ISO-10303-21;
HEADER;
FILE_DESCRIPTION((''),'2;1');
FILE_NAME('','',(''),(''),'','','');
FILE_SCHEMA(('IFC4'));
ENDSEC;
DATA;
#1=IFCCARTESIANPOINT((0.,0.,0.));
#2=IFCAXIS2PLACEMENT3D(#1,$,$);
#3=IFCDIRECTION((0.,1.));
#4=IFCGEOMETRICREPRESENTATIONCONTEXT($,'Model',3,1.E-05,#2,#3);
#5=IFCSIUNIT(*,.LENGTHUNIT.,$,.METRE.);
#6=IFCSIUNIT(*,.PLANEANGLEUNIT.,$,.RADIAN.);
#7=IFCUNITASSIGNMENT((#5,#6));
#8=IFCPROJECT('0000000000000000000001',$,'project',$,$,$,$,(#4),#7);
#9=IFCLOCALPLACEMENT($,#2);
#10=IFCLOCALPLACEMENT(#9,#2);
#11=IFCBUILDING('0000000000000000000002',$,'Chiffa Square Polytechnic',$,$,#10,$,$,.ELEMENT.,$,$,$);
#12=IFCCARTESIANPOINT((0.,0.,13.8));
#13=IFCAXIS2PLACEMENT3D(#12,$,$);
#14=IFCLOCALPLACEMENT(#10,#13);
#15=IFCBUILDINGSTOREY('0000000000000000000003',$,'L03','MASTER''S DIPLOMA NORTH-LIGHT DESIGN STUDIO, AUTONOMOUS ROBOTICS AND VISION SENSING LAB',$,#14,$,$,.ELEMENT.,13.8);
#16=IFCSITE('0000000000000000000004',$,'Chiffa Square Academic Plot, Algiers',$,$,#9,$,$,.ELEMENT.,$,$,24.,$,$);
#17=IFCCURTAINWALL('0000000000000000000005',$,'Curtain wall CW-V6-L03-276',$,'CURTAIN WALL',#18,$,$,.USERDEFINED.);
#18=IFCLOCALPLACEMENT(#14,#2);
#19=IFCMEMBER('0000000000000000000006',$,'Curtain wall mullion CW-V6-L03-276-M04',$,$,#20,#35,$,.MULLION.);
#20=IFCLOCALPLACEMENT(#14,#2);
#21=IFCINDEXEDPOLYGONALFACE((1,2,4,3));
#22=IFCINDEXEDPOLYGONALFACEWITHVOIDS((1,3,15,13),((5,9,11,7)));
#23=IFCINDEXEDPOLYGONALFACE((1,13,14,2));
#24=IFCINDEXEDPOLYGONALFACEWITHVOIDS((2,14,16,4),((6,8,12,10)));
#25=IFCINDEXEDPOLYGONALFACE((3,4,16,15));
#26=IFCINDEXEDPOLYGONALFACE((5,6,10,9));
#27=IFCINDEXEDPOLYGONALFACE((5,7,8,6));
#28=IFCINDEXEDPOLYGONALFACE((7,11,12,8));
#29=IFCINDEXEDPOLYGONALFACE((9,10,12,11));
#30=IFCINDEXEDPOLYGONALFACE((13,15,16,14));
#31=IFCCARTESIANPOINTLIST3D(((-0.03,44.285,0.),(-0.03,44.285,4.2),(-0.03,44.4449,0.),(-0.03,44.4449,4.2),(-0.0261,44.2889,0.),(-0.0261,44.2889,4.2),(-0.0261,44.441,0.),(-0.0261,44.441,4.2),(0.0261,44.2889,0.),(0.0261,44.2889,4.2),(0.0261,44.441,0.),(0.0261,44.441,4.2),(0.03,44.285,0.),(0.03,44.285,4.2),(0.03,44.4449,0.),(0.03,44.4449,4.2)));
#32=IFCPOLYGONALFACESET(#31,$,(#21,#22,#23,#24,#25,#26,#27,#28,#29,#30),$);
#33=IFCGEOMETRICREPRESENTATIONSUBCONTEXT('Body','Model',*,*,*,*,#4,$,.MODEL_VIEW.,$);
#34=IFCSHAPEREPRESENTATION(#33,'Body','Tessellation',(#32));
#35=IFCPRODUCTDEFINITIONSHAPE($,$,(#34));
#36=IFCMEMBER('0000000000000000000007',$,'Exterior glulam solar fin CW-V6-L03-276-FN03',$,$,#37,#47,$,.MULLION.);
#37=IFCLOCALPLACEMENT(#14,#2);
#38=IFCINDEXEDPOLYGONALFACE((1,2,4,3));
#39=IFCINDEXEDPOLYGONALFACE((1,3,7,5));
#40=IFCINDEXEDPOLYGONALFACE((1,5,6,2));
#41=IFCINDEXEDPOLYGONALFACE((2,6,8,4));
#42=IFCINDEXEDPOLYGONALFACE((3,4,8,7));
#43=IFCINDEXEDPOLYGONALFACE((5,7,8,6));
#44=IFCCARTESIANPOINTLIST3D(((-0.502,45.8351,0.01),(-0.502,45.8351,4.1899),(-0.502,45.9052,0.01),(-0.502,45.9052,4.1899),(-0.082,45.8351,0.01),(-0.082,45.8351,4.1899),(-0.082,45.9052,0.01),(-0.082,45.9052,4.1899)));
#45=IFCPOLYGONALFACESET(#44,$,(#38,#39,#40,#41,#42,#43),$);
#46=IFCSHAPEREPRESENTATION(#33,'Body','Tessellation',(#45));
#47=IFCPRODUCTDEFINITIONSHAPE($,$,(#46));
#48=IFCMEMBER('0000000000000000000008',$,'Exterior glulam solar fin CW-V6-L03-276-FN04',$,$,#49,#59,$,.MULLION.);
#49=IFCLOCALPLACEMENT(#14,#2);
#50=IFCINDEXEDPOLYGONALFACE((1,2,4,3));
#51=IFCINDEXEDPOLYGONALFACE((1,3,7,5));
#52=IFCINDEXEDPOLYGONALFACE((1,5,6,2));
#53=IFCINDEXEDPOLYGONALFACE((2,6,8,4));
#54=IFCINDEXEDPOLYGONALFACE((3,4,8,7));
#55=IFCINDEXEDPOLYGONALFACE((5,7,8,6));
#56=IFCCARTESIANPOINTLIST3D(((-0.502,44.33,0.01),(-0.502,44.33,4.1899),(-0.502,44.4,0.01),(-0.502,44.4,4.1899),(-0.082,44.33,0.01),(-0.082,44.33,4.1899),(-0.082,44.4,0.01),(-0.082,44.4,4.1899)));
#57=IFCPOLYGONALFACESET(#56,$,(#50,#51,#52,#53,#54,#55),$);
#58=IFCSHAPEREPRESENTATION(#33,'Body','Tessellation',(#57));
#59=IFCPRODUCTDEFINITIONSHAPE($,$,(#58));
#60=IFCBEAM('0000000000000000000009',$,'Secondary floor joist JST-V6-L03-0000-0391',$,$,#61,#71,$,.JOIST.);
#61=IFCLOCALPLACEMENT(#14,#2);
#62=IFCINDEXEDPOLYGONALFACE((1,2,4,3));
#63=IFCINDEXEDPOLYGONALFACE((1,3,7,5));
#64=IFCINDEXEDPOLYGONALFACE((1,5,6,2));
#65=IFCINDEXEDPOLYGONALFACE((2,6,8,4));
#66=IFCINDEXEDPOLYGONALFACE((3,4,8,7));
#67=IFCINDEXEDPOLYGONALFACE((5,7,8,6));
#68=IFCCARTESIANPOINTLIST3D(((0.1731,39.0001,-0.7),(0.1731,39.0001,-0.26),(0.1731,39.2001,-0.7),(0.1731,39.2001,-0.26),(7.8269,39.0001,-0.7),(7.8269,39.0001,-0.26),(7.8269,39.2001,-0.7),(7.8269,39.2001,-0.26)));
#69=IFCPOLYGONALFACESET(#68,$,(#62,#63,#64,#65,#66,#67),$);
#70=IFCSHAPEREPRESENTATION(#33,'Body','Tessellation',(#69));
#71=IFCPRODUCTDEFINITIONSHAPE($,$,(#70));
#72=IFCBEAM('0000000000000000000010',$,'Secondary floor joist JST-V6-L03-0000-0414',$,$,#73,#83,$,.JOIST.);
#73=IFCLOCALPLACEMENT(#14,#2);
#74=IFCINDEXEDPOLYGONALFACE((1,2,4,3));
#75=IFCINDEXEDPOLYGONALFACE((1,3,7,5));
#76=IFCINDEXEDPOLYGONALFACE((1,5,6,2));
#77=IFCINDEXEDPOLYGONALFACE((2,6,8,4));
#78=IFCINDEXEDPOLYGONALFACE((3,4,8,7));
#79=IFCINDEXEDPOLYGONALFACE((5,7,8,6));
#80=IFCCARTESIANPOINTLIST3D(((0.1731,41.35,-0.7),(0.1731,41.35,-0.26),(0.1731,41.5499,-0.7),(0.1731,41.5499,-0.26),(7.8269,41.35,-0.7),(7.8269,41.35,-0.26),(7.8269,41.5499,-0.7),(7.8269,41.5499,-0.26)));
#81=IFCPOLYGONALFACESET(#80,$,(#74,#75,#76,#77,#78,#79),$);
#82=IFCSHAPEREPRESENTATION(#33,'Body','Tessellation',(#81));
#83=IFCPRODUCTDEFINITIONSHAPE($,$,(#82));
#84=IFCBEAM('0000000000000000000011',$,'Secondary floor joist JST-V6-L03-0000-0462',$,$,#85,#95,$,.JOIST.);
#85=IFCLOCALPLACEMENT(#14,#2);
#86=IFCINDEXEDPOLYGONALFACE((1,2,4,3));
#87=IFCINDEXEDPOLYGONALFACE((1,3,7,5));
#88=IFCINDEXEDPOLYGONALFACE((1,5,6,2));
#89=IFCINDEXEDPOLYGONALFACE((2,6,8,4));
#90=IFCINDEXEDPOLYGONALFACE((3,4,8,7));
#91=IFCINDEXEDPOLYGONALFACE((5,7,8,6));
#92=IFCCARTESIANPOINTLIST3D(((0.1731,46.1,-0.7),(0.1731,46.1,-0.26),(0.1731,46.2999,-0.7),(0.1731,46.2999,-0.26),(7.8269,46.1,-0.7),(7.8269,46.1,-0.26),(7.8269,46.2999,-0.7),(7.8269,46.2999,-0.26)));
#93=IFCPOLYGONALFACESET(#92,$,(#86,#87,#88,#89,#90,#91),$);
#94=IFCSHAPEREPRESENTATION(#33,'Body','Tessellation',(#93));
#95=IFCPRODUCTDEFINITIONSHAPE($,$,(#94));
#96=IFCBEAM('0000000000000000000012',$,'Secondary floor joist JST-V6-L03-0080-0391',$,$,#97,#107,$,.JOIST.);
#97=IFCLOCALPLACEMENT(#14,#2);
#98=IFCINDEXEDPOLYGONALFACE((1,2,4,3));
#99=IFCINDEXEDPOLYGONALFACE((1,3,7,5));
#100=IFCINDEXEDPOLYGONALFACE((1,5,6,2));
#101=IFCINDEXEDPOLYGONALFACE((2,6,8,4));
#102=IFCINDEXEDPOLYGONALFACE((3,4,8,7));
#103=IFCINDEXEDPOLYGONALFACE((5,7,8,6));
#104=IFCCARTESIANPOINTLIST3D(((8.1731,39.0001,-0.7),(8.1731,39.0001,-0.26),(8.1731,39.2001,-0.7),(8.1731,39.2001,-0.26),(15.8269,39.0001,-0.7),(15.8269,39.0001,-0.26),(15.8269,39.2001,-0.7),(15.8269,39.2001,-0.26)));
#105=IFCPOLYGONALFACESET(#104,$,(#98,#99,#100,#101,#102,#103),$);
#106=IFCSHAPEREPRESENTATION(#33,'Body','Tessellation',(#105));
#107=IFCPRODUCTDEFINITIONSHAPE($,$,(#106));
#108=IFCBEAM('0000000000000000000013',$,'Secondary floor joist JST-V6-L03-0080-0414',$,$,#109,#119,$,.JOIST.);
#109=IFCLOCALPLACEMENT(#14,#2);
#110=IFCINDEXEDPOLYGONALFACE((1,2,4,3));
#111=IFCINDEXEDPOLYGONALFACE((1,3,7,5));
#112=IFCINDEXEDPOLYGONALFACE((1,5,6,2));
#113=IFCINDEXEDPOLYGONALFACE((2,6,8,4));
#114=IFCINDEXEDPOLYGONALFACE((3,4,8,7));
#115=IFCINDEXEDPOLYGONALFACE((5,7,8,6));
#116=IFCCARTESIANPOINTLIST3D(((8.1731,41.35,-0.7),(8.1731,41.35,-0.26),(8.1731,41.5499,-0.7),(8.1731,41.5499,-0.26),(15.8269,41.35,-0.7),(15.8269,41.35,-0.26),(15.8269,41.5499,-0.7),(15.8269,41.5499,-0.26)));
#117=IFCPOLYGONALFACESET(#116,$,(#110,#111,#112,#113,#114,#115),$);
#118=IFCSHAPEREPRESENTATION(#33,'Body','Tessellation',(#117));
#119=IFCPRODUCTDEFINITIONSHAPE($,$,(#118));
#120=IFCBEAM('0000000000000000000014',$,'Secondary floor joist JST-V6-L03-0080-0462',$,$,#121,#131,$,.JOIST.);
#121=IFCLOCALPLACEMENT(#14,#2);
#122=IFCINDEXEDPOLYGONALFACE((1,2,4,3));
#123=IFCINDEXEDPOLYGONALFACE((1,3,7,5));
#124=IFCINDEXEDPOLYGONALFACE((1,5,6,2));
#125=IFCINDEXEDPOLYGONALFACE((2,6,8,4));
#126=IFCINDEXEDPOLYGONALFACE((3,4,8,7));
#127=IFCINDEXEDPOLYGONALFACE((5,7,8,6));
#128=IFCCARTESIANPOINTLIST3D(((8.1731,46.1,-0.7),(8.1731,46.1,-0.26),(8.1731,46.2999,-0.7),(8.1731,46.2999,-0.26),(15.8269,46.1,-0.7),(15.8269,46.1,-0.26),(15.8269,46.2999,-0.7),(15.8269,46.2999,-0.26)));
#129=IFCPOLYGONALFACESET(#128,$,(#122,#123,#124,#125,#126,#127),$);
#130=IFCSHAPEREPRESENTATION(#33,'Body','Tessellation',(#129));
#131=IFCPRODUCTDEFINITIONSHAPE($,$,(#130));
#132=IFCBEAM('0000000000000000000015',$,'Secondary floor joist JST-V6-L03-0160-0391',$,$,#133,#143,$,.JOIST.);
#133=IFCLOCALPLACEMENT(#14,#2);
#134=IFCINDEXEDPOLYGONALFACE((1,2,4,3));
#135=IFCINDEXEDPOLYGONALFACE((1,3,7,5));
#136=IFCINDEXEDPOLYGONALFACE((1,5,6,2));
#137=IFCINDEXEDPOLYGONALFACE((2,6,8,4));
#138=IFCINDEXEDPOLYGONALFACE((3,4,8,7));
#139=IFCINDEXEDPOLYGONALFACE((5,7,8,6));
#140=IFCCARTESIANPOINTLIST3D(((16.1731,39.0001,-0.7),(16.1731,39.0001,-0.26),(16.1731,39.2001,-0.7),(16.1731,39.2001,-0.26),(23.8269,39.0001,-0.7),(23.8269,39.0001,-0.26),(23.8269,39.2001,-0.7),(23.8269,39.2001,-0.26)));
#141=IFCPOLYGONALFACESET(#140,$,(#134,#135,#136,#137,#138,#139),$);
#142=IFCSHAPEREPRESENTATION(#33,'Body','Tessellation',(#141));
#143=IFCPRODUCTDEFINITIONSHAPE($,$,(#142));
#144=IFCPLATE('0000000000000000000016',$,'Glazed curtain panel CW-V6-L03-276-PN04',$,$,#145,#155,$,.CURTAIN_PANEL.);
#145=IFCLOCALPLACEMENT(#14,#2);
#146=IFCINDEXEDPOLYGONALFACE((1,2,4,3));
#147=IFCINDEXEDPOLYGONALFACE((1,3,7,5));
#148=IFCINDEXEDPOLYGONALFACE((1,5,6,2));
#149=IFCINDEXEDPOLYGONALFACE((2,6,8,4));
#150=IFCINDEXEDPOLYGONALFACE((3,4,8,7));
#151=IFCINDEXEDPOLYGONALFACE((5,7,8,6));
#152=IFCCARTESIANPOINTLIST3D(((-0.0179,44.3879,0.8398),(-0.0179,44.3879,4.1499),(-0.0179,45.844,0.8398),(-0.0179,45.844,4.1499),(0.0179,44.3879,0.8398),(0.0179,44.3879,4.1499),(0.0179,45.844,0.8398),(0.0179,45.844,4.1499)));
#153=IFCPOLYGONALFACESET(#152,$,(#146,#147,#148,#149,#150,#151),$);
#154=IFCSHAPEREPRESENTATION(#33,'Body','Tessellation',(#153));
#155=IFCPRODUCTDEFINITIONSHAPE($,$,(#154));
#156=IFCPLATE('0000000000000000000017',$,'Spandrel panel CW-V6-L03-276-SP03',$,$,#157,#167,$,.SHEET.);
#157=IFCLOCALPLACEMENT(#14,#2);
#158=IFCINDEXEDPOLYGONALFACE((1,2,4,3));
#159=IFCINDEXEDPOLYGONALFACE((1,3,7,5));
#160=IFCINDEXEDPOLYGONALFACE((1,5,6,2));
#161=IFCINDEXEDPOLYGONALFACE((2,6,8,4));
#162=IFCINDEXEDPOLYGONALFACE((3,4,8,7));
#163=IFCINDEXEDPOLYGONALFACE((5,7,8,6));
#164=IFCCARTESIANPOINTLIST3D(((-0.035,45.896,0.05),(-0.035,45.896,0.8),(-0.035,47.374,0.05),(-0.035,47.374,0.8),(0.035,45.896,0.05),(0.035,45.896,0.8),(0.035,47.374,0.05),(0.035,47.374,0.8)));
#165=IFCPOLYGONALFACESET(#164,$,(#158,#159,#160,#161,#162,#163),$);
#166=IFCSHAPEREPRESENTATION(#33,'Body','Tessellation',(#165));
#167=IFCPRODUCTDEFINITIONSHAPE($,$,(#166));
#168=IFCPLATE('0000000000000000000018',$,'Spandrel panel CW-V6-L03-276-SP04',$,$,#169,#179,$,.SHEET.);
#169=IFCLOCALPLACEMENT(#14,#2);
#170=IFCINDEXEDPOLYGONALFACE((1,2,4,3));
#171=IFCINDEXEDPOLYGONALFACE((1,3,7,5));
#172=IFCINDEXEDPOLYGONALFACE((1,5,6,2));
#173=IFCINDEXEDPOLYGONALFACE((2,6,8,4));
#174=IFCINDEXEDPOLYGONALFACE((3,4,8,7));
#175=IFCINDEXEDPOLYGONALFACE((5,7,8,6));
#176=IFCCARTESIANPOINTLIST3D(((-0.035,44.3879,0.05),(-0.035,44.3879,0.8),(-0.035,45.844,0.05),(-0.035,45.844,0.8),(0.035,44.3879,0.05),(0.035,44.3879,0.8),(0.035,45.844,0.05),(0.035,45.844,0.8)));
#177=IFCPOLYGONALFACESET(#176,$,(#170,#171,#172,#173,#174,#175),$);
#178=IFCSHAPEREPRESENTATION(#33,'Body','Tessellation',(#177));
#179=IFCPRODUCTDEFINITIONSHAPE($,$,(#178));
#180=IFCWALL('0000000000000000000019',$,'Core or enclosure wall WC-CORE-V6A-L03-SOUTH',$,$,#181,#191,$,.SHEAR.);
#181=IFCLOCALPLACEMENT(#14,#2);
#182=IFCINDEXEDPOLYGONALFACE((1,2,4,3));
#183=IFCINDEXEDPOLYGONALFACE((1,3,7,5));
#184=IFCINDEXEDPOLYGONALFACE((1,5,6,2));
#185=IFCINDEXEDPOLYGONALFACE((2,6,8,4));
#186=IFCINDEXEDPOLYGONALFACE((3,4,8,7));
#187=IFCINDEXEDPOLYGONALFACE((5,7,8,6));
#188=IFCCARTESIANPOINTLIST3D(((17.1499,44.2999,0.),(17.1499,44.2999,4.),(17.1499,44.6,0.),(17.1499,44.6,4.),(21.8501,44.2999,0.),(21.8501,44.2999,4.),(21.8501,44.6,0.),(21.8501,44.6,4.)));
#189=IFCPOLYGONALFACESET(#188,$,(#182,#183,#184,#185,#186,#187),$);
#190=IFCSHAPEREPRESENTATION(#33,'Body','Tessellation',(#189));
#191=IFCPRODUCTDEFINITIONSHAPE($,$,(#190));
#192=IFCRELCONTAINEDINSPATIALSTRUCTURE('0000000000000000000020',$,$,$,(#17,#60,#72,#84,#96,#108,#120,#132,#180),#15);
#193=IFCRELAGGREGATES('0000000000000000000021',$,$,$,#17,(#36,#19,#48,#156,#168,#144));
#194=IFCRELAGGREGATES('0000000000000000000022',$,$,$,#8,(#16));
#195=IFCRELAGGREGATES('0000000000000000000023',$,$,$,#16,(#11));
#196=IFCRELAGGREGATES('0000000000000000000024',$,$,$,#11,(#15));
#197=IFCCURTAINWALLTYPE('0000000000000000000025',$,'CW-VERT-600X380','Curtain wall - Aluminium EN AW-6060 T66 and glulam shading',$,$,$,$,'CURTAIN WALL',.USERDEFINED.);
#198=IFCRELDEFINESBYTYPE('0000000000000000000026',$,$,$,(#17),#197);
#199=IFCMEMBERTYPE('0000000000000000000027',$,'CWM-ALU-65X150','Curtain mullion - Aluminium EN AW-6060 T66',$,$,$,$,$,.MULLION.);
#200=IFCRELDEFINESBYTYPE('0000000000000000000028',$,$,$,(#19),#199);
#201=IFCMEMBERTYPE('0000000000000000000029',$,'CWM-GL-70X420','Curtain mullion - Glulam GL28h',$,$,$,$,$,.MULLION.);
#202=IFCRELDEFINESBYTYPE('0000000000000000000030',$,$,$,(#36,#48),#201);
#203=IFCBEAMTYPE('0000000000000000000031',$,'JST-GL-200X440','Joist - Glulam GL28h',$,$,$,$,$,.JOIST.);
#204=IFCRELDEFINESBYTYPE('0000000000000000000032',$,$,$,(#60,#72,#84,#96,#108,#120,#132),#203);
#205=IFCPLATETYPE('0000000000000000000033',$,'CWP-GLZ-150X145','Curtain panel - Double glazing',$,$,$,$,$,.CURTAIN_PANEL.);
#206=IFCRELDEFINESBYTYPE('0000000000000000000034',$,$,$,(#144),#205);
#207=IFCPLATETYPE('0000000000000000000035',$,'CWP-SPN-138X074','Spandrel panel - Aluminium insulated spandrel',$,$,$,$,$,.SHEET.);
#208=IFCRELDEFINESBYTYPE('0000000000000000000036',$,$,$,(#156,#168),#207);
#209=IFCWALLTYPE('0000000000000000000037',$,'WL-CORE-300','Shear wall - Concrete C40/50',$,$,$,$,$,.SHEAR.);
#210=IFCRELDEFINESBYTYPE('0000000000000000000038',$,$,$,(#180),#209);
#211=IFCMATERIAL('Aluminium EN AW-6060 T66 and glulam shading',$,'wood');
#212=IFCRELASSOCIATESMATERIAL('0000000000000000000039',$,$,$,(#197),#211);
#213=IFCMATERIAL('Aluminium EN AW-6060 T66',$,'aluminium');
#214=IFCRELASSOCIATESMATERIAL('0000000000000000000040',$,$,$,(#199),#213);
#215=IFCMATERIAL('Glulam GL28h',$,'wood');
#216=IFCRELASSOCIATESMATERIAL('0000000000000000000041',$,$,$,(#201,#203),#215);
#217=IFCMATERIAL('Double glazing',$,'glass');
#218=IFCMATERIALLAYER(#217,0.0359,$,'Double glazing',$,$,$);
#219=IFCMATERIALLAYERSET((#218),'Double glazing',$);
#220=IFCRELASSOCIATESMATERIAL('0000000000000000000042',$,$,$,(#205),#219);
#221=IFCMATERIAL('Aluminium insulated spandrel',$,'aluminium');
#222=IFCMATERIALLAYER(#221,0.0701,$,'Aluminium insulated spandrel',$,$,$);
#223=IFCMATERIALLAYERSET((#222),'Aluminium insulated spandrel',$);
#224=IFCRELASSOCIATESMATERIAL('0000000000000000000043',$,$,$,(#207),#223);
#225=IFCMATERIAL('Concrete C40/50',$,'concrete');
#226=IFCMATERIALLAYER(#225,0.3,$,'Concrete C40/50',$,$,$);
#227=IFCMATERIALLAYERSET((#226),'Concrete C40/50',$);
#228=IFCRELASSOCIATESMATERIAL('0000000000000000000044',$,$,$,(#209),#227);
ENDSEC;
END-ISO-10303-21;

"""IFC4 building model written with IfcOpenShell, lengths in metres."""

from ifc_helpers import new_model, si_unit, direction, frame, frame_2d, origin, origin_2d, place, context, subcontext, project, spatial, rectangle, hollow_rectangle, extrude, material, layer, layer_set, material_profile, profile_set, type_object, element, aggregate, save


model = new_model("IFC4")

# Units and contexts
model_context = context("Model", 3, precision=1e-05, world=origin(), true_north=direction((0.0, 1.0)))
body_context = subcontext(model_context, "Body", "Model", "MODEL_VIEW")
ifc_project = project(units=[si_unit("LENGTHUNIT", "METRE"), si_unit("PLANEANGLEUNIT", "RADIAN")], contexts=[model_context])

# Site, building, storey
site_placement = place(None, origin())
site = spatial("IfcSite", under=ifc_project, at=site_placement, Name="Chiffa Square Academic Plot, Algiers", CompositionType="ELEMENT", RefElevation=24.0)
building_placement = place(site_placement, origin())
building = spatial("IfcBuilding", under=site, at=building_placement, Name="Chiffa Square Polytechnic", CompositionType="ELEMENT")
storey_placement = place(building_placement, frame((0.0, 0.0, 13.8)))
storey = spatial("IfcBuildingStorey", under=building, at=storey_placement, Name="L03", Description="MASTER'S DIPLOMA NORTH-LIGHT DESIGN STUDIO, AUTONOMOUS ROBOTICS AND VISION SENSING LAB", CompositionType="ELEMENT", Elevation=13.8)

# Curtain wall, members
ifc_material_1 = material(Name="Aluminium EN AW-6060 T66 and glulam shading", Category="wood")
curtain_wall_type = type_object("IfcCurtainWallType", Name="CW-VERT-600X380", Description="Curtain wall - Aluminium EN AW-6060 T66 and glulam shading", ElementType="CURTAIN WALL", PredefinedType="USERDEFINED", material=ifc_material_1)
curtain_wall_placement = place(storey_placement, origin())
curtain_wall = element("IfcCurtainWall", 1, at=curtain_wall_placement, inside=storey, type_object=curtain_wall_type, Name="Curtain wall CW-V6-L03-276", ObjectType="CURTAIN WALL", PredefinedType="USERDEFINED")
ifc_material_2 = material(Name="Aluminium EN AW-6060 T66", Category="aluminium")
ifc_material_profile_1 = material_profile(ifc_material_2, hollow_rectangle(XDim=0.0601, YDim=0.1599, WallThickness=0.0039, at=origin_2d()), Name="ALU 60x160x4")
ifc_profile_set_1 = profile_set([ifc_material_profile_1], Name="Aluminium EN AW-6060 T66")
member_type_1 = type_object("IfcMemberType", Name="CWM-ALU-65X150", Description="Curtain mullion - Aluminium EN AW-6060 T66", PredefinedType="MULLION", material=ifc_profile_set_1)
member_1_placement = place(storey_placement, frame((0.0, 44.365, 0.0), z_axis=(0.0, 0.0, 1.0), x_axis=(1.0, 0.0, 0.0)))
member_1 = element("IfcMember", 2, at=member_1_placement, type_object=member_type_1, Name="Curtain wall mullion CW-V6-L03-276-M04", PredefinedType="MULLION", context=body_context, shape_type="SweptSolid", body=[
    extrude(hollow_rectangle(XDim=0.0601, YDim=0.1599, WallThickness=0.0039, at=origin_2d()), origin(), (0.0, 0.0, 1.0), 4.2),
])
ifc_material_3 = material(Name="Glulam GL28h", Category="wood")
ifc_material_profile_2 = material_profile(ifc_material_3, rectangle(XDim=0.0701, YDim=0.4199, at=origin_2d()), Name="GL28h 70x420")
ifc_profile_set_2 = profile_set([ifc_material_profile_2], Name="Glulam GL28h")
member_type_2 = type_object("IfcMemberType", Name="CWM-GL-70X420", Description="Curtain mullion - Glulam GL28h", PredefinedType="MULLION", material=ifc_profile_set_2)
member_2_placement = place(storey_placement, frame((-0.292, 45.8701, 0.01), z_axis=(0.0, 0.0, 1.0), x_axis=(0.0, -1.0, 0.0)))
member_2 = element("IfcMember", 3, at=member_2_placement, type_object=member_type_2, Name="Exterior glulam solar fin CW-V6-L03-276-FN03", PredefinedType="MULLION", context=body_context, shape_type="SweptSolid", body=[
    extrude(rectangle(XDim=0.0701, YDim=0.4199, at=origin_2d()), origin(), (0.0, 0.0, 1.0), 4.1799),
])
member_3_placement = place(storey_placement, frame((-0.292, 44.365, 0.01), z_axis=(0.0, 0.0, 1.0), x_axis=(0.0, -1.0, 0.0)))
member_3 = element("IfcMember", 4, at=member_3_placement, type_object=member_type_2, Name="Exterior glulam solar fin CW-V6-L03-276-FN04", PredefinedType="MULLION", context=body_context, shape_type="SweptSolid", body=[
    extrude(rectangle(XDim=0.0701, YDim=0.4199, at=origin_2d()), origin(), (0.0, 0.0, 1.0), 4.1799),
])

# Beams
ifc_material_profile_3 = material_profile(ifc_material_3, rectangle(XDim=0.2, YDim=0.4399, at=origin_2d()), Name="GL28h 200x440")
ifc_profile_set_3 = profile_set([ifc_material_profile_3], Name="Glulam GL28h")
beam_type_1 = type_object("IfcBeamType", Name="JST-GL-200X440", Description="Joist - Glulam GL28h", PredefinedType="JOIST", material=ifc_profile_set_3)
for number, where, z_axis, x_axis, name in (
    (5, (0.1731, 39.1001, -0.48), (1.0, 0.0, 0.0), (0.0, 1.0, 0.0), "Secondary floor joist JST-V6-L03-0000-0391"),
    (6, (0.1731, 41.45, -0.48), (1.0, 0.0, 0.0), (0.0, 1.0, 0.0), "Secondary floor joist JST-V6-L03-0000-0414"),
    (7, (0.1731, 46.2, -0.48), (1.0, 0.0, 0.0), (0.0, 1.0, 0.0), "Secondary floor joist JST-V6-L03-0000-0462"),
    (8, (8.1731, 39.1001, -0.48), (1.0, 0.0, 0.0), (0.0, 1.0, 0.0), "Secondary floor joist JST-V6-L03-0080-0391"),
    (9, (8.1731, 41.45, -0.48), (1.0, 0.0, 0.0), (0.0, 1.0, 0.0), "Secondary floor joist JST-V6-L03-0080-0414"),
    (10, (8.1731, 46.2, -0.48), (1.0, 0.0, 0.0), (0.0, 1.0, 0.0), "Secondary floor joist JST-V6-L03-0080-0462"),
    (11, (16.1731, 39.1001, -0.48), (1.0, 0.0, 0.0), (0.0, 1.0, 0.0), "Secondary floor joist JST-V6-L03-0160-0391"),
):
    element("IfcBeam", number, at=place(storey_placement, frame(where, z_axis=z_axis, x_axis=x_axis)), inside=storey, type_object=beam_type_1, Name=name, PredefinedType="JOIST", context=body_context, shape_type="SweptSolid", body=[
        extrude(rectangle(XDim=0.2, YDim=0.4399, at=origin_2d()), origin(), (0.0, 0.0, 1.0), 7.6538),
    ])

# Plates
ifc_material_4 = material(Name="Double glazing", Category="glass")
ifc_layer_1 = layer(ifc_material_4, 0.0359, Name="Double glazing")
ifc_layer_set_1 = layer_set([ifc_layer_1], Name="Double glazing")
plate_type_1 = type_object("IfcPlateType", Name="CWP-GLZ-150X145", Description="Curtain panel - Double glazing", PredefinedType="CURTAIN_PANEL", material=ifc_layer_set_1)
plate_1_placement = place(storey_placement, frame((0.0, 45.116, 0.8398), z_axis=(0.0, 0.0, 1.0), x_axis=(0.0, -1.0, 0.0)))
plate_1 = element("IfcPlate", 12, at=plate_1_placement, type_object=plate_type_1, Name="Glazed curtain panel CW-V6-L03-276-PN04", PredefinedType="CURTAIN_PANEL", context=body_context, shape_type="SweptSolid", body=[
    extrude(rectangle(XDim=1.4561, YDim=0.0359, at=origin_2d()), origin(), (0.0, 0.0, 1.0), 3.3101),
])
ifc_material_5 = material(Name="Aluminium insulated spandrel", Category="aluminium")
ifc_layer_2 = layer(ifc_material_5, 0.0701, Name="Aluminium insulated spandrel")
ifc_layer_set_2 = layer_set([ifc_layer_2], Name="Aluminium insulated spandrel")
plate_type_2 = type_object("IfcPlateType", Name="CWP-SPN-138X074", Description="Spandrel panel - Aluminium insulated spandrel", PredefinedType="SHEET", material=ifc_layer_set_2)
plate_2_placement = place(storey_placement, frame((0.0, 46.635, 0.05), z_axis=(0.0, 0.0, 1.0), x_axis=(0.0, -1.0, 0.0)))
plate_2 = element("IfcPlate", 13, at=plate_2_placement, type_object=plate_type_2, Name="Spandrel panel CW-V6-L03-276-SP03", PredefinedType="SHEET", context=body_context, shape_type="SweptSolid", body=[
    extrude(rectangle(XDim=1.478, YDim=0.0701, at=origin_2d()), origin(), (0.0, 0.0, 1.0), 0.75),
])
plate_3_placement = place(storey_placement, frame((0.0, 45.116, 0.05), z_axis=(0.0, 0.0, 1.0), x_axis=(0.0, -1.0, 0.0)))
plate_3 = element("IfcPlate", 14, at=plate_3_placement, type_object=plate_type_2, Name="Spandrel panel CW-V6-L03-276-SP04", PredefinedType="SHEET", context=body_context, shape_type="SweptSolid", body=[
    extrude(rectangle(XDim=1.4561, YDim=0.0701, at=origin_2d()), origin(), (0.0, 0.0, 1.0), 0.75),
])
aggregate(curtain_wall, [member_2, member_1, member_3, plate_2, plate_3, plate_1])

# Wall
ifc_material_6 = material(Name="Concrete C40/50", Category="concrete")
ifc_layer_3 = layer(ifc_material_6, 0.3, Name="Concrete C40/50")
ifc_layer_set_3 = layer_set([ifc_layer_3], Name="Concrete C40/50")
wall_type_1 = type_object("IfcWallType", Name="WL-CORE-300", Description="Shear wall - Concrete C40/50", PredefinedType="SHEAR", material=ifc_layer_set_3)
wall_1_placement = place(storey_placement, frame((17.1499, 44.45, 0.0), z_axis=(0.0, 0.0, 1.0), x_axis=(1.0, 0.0, 0.0)))
element("IfcWall", 15, at=wall_1_placement, inside=storey, type_object=wall_type_1, Name="Core or enclosure wall WC-CORE-V6A-L03-SOUTH", PredefinedType="SHEAR", context=body_context, shape_type="SweptSolid", body=[
    extrude(rectangle(XDim=4.7002, YDim=0.3, at=frame_2d((2.3501, 0.0))), origin(), (0.0, 0.0, 1.0), 4.0),
])

save(model, "model.ifc")
